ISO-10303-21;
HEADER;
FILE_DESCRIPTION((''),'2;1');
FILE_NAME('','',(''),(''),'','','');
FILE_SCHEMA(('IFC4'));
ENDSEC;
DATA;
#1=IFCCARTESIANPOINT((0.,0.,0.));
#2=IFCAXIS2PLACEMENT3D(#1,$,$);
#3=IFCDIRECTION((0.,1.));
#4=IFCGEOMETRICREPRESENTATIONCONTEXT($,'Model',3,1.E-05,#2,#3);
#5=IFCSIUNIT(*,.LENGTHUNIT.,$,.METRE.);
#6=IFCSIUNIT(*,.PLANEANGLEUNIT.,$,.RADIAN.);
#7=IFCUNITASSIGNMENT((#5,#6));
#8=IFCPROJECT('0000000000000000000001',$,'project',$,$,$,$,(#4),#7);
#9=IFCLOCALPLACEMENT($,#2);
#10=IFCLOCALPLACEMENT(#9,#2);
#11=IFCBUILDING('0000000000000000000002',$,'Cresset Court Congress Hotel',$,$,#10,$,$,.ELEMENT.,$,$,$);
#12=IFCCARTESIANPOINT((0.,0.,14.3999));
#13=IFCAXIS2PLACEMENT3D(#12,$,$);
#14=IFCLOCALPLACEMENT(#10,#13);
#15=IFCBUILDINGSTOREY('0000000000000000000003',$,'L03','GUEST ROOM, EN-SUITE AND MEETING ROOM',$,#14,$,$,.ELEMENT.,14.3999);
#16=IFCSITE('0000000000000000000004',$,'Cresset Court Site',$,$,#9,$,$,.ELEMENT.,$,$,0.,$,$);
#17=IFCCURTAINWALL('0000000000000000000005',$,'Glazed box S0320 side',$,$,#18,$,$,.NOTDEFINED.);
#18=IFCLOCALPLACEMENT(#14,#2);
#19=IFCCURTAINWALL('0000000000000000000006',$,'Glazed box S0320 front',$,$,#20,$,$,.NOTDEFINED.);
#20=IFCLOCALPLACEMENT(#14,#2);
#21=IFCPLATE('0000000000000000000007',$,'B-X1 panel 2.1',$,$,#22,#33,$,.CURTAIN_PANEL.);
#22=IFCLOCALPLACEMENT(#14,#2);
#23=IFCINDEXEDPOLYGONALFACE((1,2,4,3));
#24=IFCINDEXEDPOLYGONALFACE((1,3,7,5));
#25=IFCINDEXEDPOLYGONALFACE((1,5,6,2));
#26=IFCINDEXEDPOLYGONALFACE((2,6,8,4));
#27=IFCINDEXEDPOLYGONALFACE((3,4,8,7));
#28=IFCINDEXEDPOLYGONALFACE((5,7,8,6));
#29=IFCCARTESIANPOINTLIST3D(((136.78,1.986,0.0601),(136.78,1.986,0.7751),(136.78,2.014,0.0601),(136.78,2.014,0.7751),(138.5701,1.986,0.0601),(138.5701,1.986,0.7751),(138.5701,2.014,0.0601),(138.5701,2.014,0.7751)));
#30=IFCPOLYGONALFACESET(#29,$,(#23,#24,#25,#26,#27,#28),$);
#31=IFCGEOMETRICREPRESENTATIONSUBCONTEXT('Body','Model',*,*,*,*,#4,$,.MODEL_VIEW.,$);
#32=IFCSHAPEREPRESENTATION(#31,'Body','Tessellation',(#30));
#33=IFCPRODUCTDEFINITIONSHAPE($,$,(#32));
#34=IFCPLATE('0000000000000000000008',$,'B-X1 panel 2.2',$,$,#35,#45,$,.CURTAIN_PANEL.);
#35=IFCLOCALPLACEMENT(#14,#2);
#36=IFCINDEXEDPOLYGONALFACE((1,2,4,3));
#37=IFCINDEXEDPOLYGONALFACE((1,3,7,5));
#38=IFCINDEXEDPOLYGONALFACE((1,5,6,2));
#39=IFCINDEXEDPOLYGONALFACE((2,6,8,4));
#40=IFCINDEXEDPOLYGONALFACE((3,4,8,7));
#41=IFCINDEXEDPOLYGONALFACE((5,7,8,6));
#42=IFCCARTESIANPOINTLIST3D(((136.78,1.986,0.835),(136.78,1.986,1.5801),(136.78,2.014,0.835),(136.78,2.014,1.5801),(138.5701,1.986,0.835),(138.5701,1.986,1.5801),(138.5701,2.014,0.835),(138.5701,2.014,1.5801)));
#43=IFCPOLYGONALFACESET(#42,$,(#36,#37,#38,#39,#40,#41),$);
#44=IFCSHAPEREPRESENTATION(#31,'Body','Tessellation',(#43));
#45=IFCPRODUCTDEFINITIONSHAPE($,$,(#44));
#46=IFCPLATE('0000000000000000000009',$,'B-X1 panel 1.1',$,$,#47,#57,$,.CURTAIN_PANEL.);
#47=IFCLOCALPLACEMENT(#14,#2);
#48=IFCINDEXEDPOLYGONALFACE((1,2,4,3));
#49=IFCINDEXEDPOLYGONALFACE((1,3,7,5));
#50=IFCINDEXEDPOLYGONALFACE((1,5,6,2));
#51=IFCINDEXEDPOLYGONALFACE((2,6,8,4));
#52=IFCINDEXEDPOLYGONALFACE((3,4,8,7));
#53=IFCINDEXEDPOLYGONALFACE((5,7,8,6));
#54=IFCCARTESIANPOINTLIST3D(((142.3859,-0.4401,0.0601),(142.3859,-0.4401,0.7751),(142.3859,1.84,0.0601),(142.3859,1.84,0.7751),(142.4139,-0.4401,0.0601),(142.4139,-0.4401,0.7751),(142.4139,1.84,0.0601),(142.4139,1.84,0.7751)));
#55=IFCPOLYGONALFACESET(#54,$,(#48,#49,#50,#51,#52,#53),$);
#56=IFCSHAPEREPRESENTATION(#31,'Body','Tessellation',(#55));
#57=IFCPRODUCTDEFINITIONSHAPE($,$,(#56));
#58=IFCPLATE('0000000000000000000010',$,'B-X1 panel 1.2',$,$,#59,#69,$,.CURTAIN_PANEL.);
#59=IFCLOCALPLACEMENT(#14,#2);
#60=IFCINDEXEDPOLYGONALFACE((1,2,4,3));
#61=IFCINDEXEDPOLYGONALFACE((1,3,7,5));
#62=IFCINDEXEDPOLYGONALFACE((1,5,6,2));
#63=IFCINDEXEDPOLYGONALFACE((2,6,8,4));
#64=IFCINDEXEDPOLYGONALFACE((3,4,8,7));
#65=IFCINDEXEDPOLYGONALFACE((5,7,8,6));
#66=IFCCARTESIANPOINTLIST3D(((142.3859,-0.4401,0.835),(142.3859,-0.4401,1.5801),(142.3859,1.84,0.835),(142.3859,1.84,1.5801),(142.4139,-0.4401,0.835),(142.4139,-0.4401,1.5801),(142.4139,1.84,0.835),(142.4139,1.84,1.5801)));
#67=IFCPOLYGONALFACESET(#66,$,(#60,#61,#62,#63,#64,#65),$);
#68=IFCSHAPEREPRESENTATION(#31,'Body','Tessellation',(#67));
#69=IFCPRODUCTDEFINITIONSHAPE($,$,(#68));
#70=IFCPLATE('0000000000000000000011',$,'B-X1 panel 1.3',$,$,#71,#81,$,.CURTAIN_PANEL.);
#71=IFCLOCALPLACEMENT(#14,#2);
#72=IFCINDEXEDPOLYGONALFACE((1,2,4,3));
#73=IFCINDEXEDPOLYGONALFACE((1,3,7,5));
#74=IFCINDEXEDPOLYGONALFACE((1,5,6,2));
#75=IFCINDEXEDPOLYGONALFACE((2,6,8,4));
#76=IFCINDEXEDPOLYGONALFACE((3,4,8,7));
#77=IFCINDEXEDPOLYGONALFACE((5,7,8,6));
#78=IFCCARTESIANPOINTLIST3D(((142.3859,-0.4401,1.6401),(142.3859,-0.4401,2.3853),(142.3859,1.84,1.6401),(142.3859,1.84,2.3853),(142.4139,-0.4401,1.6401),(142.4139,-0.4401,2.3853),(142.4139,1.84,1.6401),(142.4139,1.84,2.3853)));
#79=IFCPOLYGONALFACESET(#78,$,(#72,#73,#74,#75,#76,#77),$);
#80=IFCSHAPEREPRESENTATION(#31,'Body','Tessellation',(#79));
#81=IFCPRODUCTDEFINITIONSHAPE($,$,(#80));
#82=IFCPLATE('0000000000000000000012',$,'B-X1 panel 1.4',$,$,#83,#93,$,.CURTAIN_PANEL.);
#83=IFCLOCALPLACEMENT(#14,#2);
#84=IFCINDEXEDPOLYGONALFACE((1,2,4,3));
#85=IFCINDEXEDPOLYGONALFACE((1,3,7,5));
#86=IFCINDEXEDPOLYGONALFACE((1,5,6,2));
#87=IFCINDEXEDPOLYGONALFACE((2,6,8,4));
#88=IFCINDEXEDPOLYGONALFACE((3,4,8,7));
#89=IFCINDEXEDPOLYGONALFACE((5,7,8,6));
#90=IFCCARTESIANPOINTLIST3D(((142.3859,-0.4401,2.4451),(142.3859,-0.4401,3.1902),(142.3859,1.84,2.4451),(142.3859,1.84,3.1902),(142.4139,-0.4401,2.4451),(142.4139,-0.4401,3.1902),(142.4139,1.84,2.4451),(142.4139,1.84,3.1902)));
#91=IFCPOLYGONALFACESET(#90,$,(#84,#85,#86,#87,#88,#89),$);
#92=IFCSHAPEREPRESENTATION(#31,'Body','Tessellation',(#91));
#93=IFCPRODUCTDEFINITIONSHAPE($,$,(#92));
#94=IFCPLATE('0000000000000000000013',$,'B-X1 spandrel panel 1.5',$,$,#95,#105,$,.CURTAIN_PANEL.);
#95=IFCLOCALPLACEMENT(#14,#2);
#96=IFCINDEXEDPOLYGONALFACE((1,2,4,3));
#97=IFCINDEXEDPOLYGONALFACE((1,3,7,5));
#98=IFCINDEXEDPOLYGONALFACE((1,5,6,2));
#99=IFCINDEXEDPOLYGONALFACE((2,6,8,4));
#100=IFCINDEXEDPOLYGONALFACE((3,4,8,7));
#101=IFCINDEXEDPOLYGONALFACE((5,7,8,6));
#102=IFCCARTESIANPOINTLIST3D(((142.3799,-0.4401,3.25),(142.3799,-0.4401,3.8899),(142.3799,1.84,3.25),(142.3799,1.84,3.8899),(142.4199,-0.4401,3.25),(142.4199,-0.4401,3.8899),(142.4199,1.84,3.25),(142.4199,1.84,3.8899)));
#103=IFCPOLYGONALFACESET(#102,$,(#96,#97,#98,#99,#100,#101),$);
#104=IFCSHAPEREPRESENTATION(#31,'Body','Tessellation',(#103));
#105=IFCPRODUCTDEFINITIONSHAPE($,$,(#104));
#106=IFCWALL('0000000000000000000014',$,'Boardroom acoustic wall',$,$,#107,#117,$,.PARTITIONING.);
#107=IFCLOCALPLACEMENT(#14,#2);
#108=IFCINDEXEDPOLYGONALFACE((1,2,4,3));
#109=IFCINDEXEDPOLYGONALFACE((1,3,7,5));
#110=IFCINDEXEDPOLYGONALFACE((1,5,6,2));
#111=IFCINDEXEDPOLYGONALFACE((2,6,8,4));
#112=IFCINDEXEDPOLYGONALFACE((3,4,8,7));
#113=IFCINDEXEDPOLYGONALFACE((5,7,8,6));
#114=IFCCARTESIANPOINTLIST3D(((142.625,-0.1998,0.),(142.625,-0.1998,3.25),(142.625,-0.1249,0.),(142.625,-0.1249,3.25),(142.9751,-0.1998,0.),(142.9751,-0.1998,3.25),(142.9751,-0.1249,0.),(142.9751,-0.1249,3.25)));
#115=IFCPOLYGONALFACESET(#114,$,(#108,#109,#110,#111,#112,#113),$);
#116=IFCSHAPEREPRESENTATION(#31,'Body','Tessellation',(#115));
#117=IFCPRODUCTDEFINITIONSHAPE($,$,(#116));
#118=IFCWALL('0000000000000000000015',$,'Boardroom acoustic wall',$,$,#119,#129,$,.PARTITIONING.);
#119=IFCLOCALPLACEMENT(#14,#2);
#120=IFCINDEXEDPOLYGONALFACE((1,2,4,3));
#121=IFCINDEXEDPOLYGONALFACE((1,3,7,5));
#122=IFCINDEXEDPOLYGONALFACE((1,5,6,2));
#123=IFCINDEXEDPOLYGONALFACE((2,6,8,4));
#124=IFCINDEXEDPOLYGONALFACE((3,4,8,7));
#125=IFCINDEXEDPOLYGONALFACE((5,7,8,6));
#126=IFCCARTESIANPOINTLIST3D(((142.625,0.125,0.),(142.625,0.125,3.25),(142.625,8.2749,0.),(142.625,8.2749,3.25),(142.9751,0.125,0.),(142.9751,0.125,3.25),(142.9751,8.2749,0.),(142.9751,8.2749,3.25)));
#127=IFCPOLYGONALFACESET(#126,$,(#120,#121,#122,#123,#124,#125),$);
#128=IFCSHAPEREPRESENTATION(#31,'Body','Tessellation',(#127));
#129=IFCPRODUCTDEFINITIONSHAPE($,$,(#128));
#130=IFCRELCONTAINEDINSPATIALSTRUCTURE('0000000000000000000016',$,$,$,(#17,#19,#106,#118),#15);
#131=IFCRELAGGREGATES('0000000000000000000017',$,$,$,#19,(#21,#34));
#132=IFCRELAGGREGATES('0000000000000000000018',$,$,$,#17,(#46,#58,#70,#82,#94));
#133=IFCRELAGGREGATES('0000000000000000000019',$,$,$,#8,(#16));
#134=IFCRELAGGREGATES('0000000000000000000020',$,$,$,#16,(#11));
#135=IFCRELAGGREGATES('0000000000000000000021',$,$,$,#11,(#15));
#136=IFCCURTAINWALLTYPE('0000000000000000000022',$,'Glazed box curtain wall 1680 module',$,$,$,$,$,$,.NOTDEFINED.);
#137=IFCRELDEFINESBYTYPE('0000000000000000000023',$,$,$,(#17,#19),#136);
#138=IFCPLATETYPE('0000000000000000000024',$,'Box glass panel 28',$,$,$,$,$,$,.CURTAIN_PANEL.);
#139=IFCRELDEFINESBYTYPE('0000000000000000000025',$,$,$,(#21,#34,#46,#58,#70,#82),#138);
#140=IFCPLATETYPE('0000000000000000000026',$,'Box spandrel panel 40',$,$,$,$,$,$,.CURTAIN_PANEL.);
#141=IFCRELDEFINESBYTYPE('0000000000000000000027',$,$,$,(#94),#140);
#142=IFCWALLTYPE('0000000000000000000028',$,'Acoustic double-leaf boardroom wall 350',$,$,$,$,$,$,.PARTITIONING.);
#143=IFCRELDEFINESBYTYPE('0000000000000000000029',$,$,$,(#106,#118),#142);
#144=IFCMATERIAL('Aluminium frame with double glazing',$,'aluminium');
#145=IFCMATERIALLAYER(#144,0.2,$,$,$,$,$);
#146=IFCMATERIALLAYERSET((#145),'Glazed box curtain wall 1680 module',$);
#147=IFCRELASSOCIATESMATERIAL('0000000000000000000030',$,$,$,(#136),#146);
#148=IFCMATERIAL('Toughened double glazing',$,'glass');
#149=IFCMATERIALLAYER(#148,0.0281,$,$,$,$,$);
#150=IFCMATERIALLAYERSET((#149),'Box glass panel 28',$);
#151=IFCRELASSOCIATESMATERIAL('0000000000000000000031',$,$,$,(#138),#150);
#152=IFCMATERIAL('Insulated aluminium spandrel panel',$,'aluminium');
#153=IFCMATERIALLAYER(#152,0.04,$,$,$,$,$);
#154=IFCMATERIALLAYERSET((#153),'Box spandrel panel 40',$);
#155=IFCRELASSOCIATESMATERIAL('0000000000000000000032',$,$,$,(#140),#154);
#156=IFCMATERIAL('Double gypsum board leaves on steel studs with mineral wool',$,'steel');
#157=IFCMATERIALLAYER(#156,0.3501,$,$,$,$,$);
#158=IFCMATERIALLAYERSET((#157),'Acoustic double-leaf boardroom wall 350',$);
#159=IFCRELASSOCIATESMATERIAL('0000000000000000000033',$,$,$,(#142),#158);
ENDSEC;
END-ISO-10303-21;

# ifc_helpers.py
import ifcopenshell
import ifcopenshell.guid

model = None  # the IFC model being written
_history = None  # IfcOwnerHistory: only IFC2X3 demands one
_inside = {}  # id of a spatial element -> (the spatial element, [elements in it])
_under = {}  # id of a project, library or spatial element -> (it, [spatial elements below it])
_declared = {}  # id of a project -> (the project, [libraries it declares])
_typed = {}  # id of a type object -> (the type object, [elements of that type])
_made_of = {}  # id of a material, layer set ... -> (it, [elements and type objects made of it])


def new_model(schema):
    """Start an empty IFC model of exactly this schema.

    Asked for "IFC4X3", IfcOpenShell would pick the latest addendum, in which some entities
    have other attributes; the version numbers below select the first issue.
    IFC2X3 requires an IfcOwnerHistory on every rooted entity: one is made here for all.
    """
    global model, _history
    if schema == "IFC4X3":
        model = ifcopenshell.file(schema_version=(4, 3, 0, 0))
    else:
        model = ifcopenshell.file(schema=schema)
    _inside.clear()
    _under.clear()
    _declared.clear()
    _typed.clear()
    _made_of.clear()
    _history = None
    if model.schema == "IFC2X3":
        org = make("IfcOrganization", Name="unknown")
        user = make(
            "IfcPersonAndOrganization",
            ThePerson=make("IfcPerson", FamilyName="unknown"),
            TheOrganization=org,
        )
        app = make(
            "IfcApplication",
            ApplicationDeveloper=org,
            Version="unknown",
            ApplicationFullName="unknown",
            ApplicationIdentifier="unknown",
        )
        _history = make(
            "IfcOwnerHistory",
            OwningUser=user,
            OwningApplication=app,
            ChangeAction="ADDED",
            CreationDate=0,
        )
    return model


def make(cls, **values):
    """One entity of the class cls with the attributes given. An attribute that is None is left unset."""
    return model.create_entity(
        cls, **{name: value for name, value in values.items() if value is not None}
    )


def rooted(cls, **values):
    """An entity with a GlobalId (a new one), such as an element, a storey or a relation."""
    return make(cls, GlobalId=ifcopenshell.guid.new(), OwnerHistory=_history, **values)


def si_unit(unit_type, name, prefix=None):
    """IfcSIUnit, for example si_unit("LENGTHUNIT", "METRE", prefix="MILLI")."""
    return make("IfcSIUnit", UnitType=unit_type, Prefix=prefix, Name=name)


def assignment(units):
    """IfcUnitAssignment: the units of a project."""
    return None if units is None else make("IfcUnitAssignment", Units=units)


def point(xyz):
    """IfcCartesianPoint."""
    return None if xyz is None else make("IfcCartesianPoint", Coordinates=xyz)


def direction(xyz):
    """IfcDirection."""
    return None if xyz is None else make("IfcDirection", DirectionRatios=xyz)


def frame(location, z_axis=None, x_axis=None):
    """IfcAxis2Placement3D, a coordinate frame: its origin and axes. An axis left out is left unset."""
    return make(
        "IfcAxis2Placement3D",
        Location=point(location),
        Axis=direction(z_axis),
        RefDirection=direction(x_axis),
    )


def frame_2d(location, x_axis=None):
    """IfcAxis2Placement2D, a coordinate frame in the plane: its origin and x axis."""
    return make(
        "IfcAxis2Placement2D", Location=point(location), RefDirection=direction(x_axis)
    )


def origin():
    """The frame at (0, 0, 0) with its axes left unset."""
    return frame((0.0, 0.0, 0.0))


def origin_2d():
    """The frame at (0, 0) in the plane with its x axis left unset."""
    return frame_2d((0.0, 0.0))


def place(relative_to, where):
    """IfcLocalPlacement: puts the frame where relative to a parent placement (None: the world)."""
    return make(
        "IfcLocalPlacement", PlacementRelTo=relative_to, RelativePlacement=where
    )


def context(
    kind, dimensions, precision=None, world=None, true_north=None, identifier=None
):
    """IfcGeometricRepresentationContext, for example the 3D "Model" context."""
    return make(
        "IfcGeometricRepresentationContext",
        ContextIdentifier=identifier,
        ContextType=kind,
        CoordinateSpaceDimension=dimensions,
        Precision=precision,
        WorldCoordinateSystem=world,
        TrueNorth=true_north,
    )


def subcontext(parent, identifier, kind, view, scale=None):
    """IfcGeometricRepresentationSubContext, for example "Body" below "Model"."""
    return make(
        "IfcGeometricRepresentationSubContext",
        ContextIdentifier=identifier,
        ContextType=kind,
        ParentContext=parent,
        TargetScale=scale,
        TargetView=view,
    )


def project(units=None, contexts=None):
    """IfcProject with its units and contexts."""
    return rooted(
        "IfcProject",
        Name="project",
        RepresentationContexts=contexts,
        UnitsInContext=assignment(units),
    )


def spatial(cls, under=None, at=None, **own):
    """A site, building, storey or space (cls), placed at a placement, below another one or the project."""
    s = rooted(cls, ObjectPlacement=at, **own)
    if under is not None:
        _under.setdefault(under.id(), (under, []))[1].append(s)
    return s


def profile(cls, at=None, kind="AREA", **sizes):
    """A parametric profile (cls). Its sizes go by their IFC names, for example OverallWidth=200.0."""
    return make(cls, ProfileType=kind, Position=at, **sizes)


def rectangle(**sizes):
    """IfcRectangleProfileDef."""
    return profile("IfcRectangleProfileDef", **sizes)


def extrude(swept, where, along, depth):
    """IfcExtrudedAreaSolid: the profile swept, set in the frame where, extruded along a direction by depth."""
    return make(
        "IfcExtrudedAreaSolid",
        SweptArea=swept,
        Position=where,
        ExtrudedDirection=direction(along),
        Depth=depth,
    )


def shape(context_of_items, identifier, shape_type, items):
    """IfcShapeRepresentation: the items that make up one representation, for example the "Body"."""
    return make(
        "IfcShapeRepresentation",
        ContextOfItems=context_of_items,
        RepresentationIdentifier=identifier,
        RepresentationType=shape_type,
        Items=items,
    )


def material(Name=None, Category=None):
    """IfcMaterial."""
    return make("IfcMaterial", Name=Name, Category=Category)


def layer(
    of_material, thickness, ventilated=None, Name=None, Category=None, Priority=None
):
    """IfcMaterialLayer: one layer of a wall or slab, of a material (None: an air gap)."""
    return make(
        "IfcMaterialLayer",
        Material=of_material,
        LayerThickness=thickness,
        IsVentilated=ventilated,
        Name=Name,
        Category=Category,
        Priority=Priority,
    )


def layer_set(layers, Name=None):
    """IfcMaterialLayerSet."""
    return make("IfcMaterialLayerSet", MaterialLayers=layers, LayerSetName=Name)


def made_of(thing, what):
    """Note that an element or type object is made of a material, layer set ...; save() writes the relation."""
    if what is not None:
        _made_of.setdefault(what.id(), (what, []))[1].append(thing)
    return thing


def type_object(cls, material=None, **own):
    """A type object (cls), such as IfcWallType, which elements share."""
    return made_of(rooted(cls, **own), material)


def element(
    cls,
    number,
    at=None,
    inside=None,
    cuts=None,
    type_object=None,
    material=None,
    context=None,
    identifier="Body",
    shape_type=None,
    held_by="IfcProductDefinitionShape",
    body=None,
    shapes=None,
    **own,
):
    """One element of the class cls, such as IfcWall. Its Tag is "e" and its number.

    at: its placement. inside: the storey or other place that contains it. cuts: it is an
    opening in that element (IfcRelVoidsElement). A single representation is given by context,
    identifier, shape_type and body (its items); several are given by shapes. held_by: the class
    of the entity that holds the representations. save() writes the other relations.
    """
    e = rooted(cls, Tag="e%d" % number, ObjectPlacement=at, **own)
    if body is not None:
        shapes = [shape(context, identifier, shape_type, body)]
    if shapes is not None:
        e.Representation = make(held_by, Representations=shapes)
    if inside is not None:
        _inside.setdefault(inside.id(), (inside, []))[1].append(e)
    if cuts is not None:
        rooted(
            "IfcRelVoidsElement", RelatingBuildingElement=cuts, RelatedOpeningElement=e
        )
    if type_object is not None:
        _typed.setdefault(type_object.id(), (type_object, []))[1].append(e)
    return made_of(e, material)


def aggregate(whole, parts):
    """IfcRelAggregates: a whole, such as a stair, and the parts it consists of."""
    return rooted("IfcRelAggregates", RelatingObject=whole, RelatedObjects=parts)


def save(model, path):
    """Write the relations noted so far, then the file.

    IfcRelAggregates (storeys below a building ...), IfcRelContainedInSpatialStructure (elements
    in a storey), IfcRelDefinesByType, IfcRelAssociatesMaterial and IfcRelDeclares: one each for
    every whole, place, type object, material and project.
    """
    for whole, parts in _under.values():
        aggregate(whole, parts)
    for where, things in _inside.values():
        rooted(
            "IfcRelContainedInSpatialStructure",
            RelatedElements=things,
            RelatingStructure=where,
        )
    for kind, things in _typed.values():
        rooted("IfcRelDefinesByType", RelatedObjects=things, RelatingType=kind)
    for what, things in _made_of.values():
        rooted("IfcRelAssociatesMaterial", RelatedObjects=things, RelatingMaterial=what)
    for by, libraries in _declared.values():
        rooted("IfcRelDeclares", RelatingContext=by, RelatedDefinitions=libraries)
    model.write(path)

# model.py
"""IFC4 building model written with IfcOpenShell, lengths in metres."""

from ifc_helpers import new_model, si_unit, direction, frame, frame_2d, origin, origin_2d, place, context, subcontext, project, spatial, rectangle, extrude, material, layer, layer_set, type_object, element, aggregate, save


model = new_model("IFC4")

# Units and contexts
model_context = context("Model", 3, precision=1e-05, world=origin(), true_north=direction((0.0, 1.0)))
body_context = subcontext(model_context, "Body", "Model", "MODEL_VIEW")
ifc_project = project(units=[si_unit("LENGTHUNIT", "METRE"), si_unit("PLANEANGLEUNIT", "RADIAN")], contexts=[model_context])

# Site, building, storey
site_placement = place(None, origin())
site = spatial("IfcSite", under=ifc_project, at=site_placement, Name="Cresset Court Site", CompositionType="ELEMENT", RefElevation=0.0)
building_placement = place(site_placement, origin())
building = spatial("IfcBuilding", under=site, at=building_placement, Name="Cresset Court Congress Hotel", CompositionType="ELEMENT")
storey_placement = place(building_placement, frame((0.0, 0.0, 14.3999)))
storey = spatial("IfcBuildingStorey", under=building, at=storey_placement, Name="L03", Description="GUEST ROOM, EN-SUITE AND MEETING ROOM", CompositionType="ELEMENT", Elevation=14.3999)

# Curtain wall
ifc_material_1 = material(Name="Aluminium frame with double glazing", Category="aluminium")
ifc_layer_1 = layer(ifc_material_1, 0.2)
ifc_layer_set_1 = layer_set([ifc_layer_1], Name="Glazed box curtain wall 1680 module")
curtain_wall_type = type_object("IfcCurtainWallType", Name="Glazed box curtain wall 1680 module", PredefinedType="NOTDEFINED", material=ifc_layer_set_1)
curtain_wall_1_placement = place(storey_placement, origin())
curtain_wall_1 = element("IfcCurtainWall", 1, at=curtain_wall_1_placement, inside=storey, type_object=curtain_wall_type, Name="Glazed box S0320 side", PredefinedType="NOTDEFINED")

# Curtain wall
curtain_wall_2_placement = place(storey_placement, origin())
curtain_wall_2 = element("IfcCurtainWall", 2, at=curtain_wall_2_placement, inside=storey, type_object=curtain_wall_type, Name="Glazed box S0320 front", PredefinedType="NOTDEFINED")

# Plates
ifc_material_2 = material(Name="Toughened double glazing", Category="glass")
ifc_layer_2 = layer(ifc_material_2, 0.0281)
ifc_layer_set_2 = layer_set([ifc_layer_2], Name="Box glass panel 28")
plate_type_1 = type_object("IfcPlateType", Name="Box glass panel 28", PredefinedType="CURTAIN_PANEL", material=ifc_layer_set_2)
plate_1_placement = place(storey_placement, frame((137.675, 2.0, 0.0601), z_axis=(0.0, 0.0, 1.0), x_axis=(1.0, 0.0, 0.0)))
plate_1 = element("IfcPlate", 3, at=plate_1_placement, type_object=plate_type_1, Name="B-X1 panel 2.1", PredefinedType="CURTAIN_PANEL", context=body_context, shape_type="SweptSolid", body=[
    extrude(rectangle(XDim=1.79, YDim=0.0281, at=origin_2d()), origin(), (0.0, 0.0, 1.0), 0.7151),
])
plate_2_placement = place(storey_placement, frame((137.675, 2.0, 0.835), z_axis=(0.0, 0.0, 1.0), x_axis=(1.0, 0.0, 0.0)))
plate_2 = element("IfcPlate", 4, at=plate_2_placement, type_object=plate_type_1, Name="B-X1 panel 2.2", PredefinedType="CURTAIN_PANEL", context=body_context, shape_type="SweptSolid", body=[
    extrude(rectangle(XDim=1.79, YDim=0.0281, at=origin_2d()), origin(), (0.0, 0.0, 1.0), 0.7451),
])
aggregate(curtain_wall_2, [plate_1, plate_2])
plate_3_placement = place(storey_placement, frame((142.3999, 0.7, 0.0601), z_axis=(0.0, 0.0, 1.0), x_axis=(0.0, 1.0, 0.0)))
plate_3 = element("IfcPlate", 5, at=plate_3_placement, type_object=plate_type_1, Name="B-X1 panel 1.1", PredefinedType="CURTAIN_PANEL", context=body_context, shape_type="SweptSolid", body=[
    extrude(rectangle(XDim=2.28, YDim=0.0281, at=origin_2d()), origin(), (0.0, 0.0, 1.0), 0.7151),
])
plate_4_placement = place(storey_placement, frame((142.3999, 0.7, 0.835), z_axis=(0.0, 0.0, 1.0), x_axis=(0.0, 1.0, 0.0)))
plate_4 = element("IfcPlate", 6, at=plate_4_placement, type_object=plate_type_1, Name="B-X1 panel 1.2", PredefinedType="CURTAIN_PANEL", context=body_context, shape_type="SweptSolid", body=[
    extrude(rectangle(XDim=2.28, YDim=0.0281, at=origin_2d()), origin(), (0.0, 0.0, 1.0), 0.7451),
])
plate_5_placement = place(storey_placement, frame((142.3999, 0.7, 1.6401), z_axis=(0.0, 0.0, 1.0), x_axis=(0.0, 1.0, 0.0)))
plate_5 = element("IfcPlate", 7, at=plate_5_placement, type_object=plate_type_1, Name="B-X1 panel 1.3", PredefinedType="CURTAIN_PANEL", context=body_context, shape_type="SweptSolid", body=[
    extrude(rectangle(XDim=2.28, YDim=0.0281, at=origin_2d()), origin(), (0.0, 0.0, 1.0), 0.7451),
])
plate_6_placement = place(storey_placement, frame((142.3999, 0.7, 2.4451), z_axis=(0.0, 0.0, 1.0), x_axis=(0.0, 1.0, 0.0)))
plate_6 = element("IfcPlate", 8, at=plate_6_placement, type_object=plate_type_1, Name="B-X1 panel 1.4", PredefinedType="CURTAIN_PANEL", context=body_context, shape_type="SweptSolid", body=[
    extrude(rectangle(XDim=2.28, YDim=0.0281, at=origin_2d()), origin(), (0.0, 0.0, 1.0), 0.7451),
])
ifc_material_3 = material(Name="Insulated aluminium spandrel panel", Category="aluminium")
ifc_layer_3 = layer(ifc_material_3, 0.04)
ifc_layer_set_3 = layer_set([ifc_layer_3], Name="Box spandrel panel 40")
plate_type_2 = type_object("IfcPlateType", Name="Box spandrel panel 40", PredefinedType="CURTAIN_PANEL", material=ifc_layer_set_3)
plate_7_placement = place(storey_placement, frame((142.3999, 0.7, 3.25), z_axis=(0.0, 0.0, 1.0), x_axis=(0.0, 1.0, 0.0)))
plate_7 = element("IfcPlate", 9, at=plate_7_placement, type_object=plate_type_2, Name="B-X1 spandrel panel 1.5", PredefinedType="CURTAIN_PANEL", context=body_context, shape_type="SweptSolid", body=[
    extrude(rectangle(XDim=2.28, YDim=0.04, at=origin_2d()), origin(), (0.0, 0.0, 1.0), 0.6399),
])
aggregate(curtain_wall_1, [plate_3, plate_4, plate_5, plate_6, plate_7])

# Walls
ifc_material_4 = material(Name="Double gypsum board leaves on steel studs with mineral wool", Category="steel")
ifc_layer_4 = layer(ifc_material_4, 0.3501)
ifc_layer_set_4 = layer_set([ifc_layer_4], Name="Acoustic double-leaf boardroom wall 350")
wall_type = type_object("IfcWallType", Name="Acoustic double-leaf boardroom wall 350", PredefinedType="PARTITIONING", material=ifc_layer_set_4)
wall_1_placement = place(storey_placement, frame((142.8, -0.2, 0.0), z_axis=(0.0, 0.0, 1.0), x_axis=(0.0, 1.0, 0.0)))
element("IfcWall", 10, at=wall_1_placement, inside=storey, type_object=wall_type, Name="Boardroom acoustic wall", PredefinedType="PARTITIONING", context=body_context, shape_type="SweptSolid", body=[
    extrude(rectangle(XDim=0.075, YDim=0.3501, at=frame_2d((0.0376, 0.0))), origin(), (0.0, 0.0, 1.0), 3.25),
])
wall_2_placement = place(storey_placement, frame((142.8, 0.125, 0.0), z_axis=(0.0, 0.0, 1.0), x_axis=(0.0, 1.0, 0.0)))
element("IfcWall", 11, at=wall_2_placement, inside=storey, type_object=wall_type, Name="Boardroom acoustic wall", PredefinedType="PARTITIONING", context=body_context, shape_type="SweptSolid", body=[
    extrude(rectangle(XDim=8.1499, YDim=0.3501, at=frame_2d((4.075, 0.0))), origin(), (0.0, 0.0, 1.0), 3.25),
])

save(model, "model.ifc")
